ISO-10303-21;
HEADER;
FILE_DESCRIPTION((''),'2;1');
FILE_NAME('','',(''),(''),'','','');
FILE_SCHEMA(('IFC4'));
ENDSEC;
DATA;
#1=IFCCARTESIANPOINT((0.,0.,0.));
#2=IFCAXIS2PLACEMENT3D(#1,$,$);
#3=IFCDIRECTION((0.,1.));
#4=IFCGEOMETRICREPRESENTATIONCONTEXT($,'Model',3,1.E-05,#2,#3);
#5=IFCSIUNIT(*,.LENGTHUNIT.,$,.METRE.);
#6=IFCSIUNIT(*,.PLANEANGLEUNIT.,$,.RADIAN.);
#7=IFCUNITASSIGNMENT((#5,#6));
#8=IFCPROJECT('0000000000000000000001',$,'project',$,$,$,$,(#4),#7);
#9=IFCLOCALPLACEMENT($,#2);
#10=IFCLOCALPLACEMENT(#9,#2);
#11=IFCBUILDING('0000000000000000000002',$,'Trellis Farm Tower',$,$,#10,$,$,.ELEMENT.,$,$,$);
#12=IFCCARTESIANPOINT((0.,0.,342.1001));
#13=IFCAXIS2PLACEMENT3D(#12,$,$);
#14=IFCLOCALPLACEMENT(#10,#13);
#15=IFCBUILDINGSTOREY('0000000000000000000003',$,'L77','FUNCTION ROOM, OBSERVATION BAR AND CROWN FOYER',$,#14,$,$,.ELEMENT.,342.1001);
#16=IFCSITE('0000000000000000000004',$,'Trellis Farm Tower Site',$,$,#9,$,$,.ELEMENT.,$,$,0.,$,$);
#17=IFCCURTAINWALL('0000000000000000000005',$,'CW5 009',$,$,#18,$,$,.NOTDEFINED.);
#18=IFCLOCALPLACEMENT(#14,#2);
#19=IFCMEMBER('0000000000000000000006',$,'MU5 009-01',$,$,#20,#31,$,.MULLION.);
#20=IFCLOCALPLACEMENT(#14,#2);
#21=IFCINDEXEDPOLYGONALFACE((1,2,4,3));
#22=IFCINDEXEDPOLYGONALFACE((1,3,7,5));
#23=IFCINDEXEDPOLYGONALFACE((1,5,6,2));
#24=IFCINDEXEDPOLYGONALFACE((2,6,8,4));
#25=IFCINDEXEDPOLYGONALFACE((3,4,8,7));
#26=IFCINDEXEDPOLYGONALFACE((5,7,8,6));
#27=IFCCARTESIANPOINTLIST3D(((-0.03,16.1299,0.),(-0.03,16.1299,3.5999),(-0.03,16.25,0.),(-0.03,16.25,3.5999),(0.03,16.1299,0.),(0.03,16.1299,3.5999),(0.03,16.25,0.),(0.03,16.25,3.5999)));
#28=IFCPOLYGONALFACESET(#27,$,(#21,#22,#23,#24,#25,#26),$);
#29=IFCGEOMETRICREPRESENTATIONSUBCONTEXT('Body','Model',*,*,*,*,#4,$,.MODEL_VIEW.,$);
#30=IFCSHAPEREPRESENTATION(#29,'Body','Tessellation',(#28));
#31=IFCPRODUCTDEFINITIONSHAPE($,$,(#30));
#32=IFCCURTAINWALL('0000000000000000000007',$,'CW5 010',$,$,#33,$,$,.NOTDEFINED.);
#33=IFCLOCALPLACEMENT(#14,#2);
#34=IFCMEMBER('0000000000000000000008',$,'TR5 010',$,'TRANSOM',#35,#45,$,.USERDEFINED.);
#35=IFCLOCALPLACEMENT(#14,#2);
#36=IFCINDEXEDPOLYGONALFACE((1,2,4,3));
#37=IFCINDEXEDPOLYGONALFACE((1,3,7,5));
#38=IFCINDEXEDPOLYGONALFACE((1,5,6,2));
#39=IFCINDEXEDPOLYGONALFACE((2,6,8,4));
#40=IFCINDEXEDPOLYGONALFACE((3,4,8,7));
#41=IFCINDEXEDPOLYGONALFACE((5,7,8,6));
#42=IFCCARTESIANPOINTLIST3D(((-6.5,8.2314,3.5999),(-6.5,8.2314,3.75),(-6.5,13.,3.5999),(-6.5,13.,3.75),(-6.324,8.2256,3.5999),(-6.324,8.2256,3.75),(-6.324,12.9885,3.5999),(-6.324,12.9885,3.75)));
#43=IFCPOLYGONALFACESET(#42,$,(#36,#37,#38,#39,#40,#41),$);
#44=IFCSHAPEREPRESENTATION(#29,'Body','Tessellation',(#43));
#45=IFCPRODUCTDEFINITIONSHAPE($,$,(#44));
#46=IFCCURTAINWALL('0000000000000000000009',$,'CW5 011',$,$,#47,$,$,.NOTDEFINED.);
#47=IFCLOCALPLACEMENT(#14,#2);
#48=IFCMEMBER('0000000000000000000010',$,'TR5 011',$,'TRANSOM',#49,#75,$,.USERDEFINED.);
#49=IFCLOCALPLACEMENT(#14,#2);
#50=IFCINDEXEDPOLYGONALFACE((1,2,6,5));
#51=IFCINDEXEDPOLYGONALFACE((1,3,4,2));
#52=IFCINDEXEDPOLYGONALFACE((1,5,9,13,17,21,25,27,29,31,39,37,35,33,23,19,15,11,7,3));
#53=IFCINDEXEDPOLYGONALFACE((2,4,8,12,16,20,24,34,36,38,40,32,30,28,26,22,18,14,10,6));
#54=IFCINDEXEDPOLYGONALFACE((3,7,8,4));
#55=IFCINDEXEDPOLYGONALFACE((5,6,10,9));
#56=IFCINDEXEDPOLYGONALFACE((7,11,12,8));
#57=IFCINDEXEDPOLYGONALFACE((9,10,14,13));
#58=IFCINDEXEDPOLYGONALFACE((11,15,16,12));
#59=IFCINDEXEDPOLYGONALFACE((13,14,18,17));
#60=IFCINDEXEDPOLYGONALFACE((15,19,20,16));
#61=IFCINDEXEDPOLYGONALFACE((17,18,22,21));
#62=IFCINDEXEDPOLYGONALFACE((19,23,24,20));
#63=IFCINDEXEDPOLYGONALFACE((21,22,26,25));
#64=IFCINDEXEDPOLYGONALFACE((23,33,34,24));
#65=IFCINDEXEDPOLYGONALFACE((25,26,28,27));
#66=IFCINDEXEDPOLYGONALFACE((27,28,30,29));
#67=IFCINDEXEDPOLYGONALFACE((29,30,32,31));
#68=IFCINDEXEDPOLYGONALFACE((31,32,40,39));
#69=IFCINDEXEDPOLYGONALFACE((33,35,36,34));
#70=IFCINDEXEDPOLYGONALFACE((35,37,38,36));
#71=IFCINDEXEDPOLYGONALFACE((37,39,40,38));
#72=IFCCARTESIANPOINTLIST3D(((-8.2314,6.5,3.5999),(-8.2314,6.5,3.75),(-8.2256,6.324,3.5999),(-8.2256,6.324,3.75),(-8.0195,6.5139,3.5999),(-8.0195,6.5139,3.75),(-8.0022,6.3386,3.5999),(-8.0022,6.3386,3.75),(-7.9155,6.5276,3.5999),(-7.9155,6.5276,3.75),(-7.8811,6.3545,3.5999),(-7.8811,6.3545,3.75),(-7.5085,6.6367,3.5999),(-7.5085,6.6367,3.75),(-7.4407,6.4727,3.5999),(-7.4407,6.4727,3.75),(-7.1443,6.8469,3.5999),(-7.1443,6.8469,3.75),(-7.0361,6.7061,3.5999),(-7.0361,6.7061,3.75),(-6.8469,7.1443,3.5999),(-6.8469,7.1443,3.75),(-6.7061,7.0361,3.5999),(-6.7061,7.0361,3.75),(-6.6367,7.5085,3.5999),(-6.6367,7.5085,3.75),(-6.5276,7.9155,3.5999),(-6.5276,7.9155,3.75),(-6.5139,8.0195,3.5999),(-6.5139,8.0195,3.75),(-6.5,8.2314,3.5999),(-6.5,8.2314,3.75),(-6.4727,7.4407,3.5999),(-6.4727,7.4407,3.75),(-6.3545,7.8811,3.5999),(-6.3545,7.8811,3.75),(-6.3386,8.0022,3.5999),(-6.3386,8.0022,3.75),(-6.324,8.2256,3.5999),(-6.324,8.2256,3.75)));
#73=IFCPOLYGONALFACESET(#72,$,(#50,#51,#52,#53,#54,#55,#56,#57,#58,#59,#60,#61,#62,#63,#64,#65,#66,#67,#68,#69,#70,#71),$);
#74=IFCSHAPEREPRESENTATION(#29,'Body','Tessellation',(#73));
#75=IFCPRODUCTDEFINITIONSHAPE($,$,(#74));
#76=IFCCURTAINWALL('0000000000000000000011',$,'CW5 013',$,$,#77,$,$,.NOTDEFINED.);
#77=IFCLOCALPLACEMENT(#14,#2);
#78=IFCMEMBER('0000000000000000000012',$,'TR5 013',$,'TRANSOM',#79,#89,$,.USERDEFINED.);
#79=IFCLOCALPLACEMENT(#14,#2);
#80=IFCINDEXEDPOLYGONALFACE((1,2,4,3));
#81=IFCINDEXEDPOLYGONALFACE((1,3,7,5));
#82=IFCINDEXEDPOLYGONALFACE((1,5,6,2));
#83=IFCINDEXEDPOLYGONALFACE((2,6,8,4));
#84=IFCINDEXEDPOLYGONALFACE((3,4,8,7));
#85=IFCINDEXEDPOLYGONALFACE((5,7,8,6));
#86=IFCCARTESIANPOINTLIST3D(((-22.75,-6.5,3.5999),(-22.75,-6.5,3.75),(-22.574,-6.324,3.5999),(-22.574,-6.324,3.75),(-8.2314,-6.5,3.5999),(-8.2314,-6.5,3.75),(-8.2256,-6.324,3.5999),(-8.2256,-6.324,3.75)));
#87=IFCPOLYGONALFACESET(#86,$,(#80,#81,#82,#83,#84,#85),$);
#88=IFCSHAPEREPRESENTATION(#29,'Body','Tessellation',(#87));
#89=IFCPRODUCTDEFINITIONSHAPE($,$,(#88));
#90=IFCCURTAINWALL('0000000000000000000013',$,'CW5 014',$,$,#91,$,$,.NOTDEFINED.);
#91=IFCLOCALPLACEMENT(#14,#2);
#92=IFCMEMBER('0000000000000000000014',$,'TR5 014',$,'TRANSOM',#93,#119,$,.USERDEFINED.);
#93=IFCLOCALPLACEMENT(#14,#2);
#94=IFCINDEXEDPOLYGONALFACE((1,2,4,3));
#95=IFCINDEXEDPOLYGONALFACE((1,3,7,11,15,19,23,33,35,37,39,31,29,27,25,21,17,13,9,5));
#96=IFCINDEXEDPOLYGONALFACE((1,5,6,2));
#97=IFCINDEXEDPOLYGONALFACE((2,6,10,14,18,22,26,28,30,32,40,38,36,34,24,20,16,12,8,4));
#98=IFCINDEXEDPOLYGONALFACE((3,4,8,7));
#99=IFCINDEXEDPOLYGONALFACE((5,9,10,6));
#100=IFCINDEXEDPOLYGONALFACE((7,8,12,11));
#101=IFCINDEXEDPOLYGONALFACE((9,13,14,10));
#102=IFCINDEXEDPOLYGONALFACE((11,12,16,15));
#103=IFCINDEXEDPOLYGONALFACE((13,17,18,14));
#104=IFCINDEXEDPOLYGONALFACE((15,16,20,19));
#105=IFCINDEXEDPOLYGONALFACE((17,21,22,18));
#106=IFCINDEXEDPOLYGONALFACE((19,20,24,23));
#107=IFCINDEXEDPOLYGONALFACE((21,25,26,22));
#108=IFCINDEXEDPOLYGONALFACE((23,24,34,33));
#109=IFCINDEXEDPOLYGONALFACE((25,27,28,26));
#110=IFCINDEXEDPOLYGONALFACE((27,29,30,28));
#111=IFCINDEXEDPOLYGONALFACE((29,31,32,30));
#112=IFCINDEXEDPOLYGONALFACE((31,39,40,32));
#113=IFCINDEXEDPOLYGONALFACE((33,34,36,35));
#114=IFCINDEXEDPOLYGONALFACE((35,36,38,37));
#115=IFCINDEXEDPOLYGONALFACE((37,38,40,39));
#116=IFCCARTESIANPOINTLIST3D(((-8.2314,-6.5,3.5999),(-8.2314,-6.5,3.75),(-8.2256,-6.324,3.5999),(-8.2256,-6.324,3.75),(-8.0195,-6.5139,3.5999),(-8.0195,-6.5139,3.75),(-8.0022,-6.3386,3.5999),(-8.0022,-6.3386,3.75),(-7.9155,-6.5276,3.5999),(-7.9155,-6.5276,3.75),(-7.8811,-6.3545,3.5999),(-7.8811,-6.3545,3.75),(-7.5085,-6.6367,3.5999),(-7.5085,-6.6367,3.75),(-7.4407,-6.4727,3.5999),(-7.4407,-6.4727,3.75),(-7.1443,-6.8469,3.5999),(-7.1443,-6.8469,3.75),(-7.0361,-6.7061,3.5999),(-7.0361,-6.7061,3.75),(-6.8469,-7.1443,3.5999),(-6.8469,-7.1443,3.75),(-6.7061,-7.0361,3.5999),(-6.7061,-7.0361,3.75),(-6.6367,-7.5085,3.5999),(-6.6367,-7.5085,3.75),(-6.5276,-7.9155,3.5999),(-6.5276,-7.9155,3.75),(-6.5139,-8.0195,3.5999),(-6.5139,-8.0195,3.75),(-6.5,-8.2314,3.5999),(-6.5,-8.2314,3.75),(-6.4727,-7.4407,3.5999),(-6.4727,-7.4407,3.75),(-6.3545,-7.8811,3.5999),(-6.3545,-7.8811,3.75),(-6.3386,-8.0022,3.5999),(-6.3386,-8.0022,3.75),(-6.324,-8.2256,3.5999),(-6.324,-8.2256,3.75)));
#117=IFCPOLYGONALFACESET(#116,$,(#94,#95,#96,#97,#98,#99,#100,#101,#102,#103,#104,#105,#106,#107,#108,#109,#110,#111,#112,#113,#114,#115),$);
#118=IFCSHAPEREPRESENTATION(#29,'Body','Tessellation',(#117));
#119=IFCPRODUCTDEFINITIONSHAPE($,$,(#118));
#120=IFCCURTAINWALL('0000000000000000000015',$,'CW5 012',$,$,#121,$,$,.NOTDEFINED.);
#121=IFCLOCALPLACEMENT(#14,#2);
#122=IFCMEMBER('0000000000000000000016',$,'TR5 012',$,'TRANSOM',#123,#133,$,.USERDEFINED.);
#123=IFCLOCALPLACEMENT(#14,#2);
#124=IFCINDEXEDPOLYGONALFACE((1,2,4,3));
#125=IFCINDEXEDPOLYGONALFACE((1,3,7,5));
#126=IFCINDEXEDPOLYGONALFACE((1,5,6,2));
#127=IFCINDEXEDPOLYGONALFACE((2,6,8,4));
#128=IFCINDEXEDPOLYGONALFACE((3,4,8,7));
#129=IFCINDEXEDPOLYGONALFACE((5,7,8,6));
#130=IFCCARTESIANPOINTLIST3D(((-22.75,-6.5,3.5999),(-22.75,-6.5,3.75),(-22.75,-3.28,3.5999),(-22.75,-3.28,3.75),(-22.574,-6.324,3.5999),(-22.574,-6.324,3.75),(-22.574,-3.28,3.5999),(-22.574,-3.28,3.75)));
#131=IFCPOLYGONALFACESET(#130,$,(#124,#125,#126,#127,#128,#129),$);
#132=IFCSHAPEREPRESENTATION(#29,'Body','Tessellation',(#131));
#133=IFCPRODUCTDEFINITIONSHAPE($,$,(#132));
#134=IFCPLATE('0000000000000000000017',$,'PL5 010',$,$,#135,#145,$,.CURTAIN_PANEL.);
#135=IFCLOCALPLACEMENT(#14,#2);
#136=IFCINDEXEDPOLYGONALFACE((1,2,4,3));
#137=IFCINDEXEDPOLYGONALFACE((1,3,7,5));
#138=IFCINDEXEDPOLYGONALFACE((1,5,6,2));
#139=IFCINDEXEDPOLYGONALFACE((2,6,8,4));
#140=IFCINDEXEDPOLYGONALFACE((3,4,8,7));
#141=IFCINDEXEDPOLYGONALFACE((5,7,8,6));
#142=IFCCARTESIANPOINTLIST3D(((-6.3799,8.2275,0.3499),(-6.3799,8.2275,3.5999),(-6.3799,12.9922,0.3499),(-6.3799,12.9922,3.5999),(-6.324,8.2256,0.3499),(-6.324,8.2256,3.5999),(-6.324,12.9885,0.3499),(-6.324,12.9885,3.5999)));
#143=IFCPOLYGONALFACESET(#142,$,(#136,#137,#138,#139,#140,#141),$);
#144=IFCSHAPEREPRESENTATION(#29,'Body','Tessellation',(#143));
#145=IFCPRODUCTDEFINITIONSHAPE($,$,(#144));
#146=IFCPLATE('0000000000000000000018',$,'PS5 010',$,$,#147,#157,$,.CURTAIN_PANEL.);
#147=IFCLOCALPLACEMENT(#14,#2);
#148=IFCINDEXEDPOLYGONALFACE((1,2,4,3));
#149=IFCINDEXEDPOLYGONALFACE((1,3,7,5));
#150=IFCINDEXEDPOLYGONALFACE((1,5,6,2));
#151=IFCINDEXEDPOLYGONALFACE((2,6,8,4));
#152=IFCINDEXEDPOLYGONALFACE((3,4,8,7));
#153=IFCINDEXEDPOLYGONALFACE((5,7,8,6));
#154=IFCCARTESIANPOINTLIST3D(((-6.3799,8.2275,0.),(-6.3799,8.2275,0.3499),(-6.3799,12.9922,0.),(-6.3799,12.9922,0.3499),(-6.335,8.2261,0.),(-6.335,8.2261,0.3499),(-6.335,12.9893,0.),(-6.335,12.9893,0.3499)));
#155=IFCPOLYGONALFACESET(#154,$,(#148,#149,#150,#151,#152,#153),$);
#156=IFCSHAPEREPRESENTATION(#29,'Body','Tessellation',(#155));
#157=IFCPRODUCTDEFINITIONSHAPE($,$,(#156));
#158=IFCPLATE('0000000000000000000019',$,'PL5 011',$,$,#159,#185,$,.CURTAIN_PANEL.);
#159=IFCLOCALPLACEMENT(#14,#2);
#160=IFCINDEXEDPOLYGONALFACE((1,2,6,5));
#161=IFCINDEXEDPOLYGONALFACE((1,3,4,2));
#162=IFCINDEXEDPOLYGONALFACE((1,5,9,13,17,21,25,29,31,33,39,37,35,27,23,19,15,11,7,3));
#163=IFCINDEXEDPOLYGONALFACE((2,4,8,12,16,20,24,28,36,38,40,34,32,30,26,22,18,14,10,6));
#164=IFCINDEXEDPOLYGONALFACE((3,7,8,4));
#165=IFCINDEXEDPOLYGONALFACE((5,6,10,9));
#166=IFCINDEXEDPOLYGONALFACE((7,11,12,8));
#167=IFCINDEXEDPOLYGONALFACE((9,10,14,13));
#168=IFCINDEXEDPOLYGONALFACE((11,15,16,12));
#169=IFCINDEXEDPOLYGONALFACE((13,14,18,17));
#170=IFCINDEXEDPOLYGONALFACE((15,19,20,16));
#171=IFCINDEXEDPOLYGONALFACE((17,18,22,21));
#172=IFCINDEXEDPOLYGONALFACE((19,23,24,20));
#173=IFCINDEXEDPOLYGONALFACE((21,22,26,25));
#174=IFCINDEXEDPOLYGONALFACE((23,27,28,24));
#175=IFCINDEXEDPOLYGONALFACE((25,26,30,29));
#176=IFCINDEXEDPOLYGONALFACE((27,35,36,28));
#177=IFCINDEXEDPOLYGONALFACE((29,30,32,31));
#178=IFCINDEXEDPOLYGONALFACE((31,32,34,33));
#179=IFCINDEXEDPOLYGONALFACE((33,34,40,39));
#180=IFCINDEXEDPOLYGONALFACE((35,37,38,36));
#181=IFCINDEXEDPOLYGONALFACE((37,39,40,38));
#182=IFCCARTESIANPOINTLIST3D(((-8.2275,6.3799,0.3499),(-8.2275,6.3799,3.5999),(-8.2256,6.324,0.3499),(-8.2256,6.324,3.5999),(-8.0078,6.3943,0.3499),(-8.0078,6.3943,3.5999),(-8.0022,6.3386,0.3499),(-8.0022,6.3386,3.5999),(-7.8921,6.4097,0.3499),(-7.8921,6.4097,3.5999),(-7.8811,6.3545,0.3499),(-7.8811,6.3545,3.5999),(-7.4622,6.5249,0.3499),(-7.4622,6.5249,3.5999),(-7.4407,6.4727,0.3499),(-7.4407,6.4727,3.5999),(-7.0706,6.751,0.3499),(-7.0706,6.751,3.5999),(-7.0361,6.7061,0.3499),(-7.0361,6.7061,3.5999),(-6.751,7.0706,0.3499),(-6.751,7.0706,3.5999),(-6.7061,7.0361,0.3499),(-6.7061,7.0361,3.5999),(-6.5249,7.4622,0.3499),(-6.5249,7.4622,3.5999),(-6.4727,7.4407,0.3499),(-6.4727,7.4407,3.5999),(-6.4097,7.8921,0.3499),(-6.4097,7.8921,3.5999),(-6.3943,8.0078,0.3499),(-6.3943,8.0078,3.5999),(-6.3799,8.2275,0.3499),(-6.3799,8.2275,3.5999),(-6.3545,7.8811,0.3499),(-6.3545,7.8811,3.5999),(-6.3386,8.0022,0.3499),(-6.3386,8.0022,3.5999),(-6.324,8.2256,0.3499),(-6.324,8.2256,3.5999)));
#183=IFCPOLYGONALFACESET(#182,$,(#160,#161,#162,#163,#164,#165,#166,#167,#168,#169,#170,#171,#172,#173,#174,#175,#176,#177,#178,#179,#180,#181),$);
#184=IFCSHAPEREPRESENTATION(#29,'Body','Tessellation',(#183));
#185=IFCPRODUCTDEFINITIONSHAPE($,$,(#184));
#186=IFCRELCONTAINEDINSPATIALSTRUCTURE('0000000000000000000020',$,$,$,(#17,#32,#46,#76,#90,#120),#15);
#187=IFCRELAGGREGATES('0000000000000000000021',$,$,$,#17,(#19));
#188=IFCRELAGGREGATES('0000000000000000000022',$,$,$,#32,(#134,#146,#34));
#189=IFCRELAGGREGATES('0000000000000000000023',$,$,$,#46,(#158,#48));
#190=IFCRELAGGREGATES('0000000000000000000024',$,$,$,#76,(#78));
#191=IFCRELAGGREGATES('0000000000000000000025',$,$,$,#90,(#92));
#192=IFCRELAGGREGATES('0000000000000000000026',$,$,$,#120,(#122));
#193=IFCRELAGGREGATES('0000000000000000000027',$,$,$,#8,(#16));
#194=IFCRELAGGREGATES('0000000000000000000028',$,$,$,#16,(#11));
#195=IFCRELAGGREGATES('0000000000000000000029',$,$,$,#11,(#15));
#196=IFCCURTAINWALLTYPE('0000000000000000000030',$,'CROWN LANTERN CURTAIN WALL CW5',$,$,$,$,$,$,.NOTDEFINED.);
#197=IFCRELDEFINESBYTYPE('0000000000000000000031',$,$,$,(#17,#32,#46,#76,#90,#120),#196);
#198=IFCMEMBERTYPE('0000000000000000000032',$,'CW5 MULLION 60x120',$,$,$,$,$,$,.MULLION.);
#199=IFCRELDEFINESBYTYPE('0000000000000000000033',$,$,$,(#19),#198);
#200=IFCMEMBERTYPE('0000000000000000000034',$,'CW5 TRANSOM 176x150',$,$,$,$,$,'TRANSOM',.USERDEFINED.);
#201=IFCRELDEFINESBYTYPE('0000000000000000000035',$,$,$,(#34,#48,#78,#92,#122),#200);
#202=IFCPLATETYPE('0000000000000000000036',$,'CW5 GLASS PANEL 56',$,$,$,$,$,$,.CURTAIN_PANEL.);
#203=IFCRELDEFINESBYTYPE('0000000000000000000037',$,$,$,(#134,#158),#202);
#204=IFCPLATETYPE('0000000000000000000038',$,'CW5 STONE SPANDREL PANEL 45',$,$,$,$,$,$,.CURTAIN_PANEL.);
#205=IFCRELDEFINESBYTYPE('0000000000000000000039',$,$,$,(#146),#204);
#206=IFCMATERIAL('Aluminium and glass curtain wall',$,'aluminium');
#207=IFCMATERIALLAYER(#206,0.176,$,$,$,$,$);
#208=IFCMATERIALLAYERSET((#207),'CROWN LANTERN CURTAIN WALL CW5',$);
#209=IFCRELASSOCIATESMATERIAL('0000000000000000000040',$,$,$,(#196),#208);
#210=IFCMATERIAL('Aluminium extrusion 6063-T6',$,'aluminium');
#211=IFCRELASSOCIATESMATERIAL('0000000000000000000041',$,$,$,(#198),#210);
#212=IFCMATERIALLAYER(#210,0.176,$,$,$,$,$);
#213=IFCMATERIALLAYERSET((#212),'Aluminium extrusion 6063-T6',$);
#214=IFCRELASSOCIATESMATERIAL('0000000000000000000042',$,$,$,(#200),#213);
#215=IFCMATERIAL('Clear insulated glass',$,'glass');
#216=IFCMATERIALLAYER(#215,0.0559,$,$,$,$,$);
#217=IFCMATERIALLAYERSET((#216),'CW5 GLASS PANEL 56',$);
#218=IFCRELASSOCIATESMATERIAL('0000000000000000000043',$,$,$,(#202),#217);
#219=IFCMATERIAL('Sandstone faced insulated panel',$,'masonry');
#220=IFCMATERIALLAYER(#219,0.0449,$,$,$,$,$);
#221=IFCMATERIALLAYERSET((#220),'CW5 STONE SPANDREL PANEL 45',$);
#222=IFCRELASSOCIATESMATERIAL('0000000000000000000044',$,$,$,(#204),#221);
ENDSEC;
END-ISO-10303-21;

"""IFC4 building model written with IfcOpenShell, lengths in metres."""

from ifc_helpers import new_model, si_unit, direction, frame, origin, origin_2d, place, context, subcontext, project, spatial, polyline, rectangle, outline, extrude, source, transform, mapped, material, layer, layer_set, material_profile, profile_set, type_object, element, aggregate, save


model = new_model("IFC4")

# Units and contexts
model_context = context("Model", 3, precision=1e-05, world=origin(), true_north=direction((0.0, 1.0)))
body_context = subcontext(model_context, "Body", "Model", "MODEL_VIEW")
ifc_project = project(units=[si_unit("LENGTHUNIT", "METRE"), si_unit("PLANEANGLEUNIT", "RADIAN")], contexts=[model_context])

# Site, building, storey
site_placement = place(None, origin())
site = spatial("IfcSite", under=ifc_project, at=site_placement, Name="Trellis Farm Tower Site", CompositionType="ELEMENT", RefElevation=0.0)
building_placement = place(site_placement, origin())
building = spatial("IfcBuilding", under=site, at=building_placement, Name="Trellis Farm Tower", CompositionType="ELEMENT")
storey_placement = place(building_placement, frame((0.0, 0.0, 342.1001)))
storey = spatial("IfcBuildingStorey", under=building, at=storey_placement, Name="L77", Description="FUNCTION ROOM, OBSERVATION BAR AND CROWN FOYER", CompositionType="ELEMENT", Elevation=342.1001)

# Curtain walls, members
ifc_material_1 = material(Name="Aluminium and glass curtain wall", Category="aluminium")
ifc_layer_1 = layer(ifc_material_1, 0.176)
ifc_layer_set_1 = layer_set([ifc_layer_1], Name="CROWN LANTERN CURTAIN WALL CW5")
curtain_wall_type = type_object("IfcCurtainWallType", Name="CROWN LANTERN CURTAIN WALL CW5", PredefinedType="NOTDEFINED", material=ifc_layer_set_1)
placement_1 = place(storey_placement, origin())
curtain_wall_1 = element("IfcCurtainWall", 1, at=placement_1, inside=storey, type_object=curtain_wall_type, Name="CW5 009", PredefinedType="NOTDEFINED")
ifc_material_2 = material(Name="Aluminium extrusion 6063-T6", Category="aluminium")
ifc_material_profile = material_profile(ifc_material_2, rectangle(XDim=0.0601, YDim=0.1201, at=origin_2d()), Name="MULLION 60x120")
ifc_profile_set = profile_set([ifc_material_profile], Name="Aluminium extrusion 6063-T6")
member_type_1 = type_object("IfcMemberType", Name="CW5 MULLION 60x120", PredefinedType="MULLION", material=ifc_profile_set)
shared_shape_1 = source(origin(), body_context, "Body", "SweptSolid", [
    extrude(rectangle(XDim=0.0601, YDim=0.1201, at=origin_2d()), origin(), (0.0, 0.0, 1.0), 3.5999),
])
member_1_placement = place(storey_placement, frame((0.0, 16.1899, 0.0), z_axis=(0.0, 0.0, 1.0), x_axis=(-1.0, 0.0, 0.0)))
member_1 = element("IfcMember", 2, at=member_1_placement, type_object=member_type_1, Name="MU5 009-01", PredefinedType="MULLION", context=body_context, shape_type="MappedRepresentation", body=[
    mapped(shared_shape_1, transform((0.0, 0.0, 0.0))),
])
aggregate(curtain_wall_1, [member_1])
curtain_wall_2 = element("IfcCurtainWall", 3, at=placement_1, inside=storey, type_object=curtain_wall_type, Name="CW5 010", PredefinedType="NOTDEFINED")
ifc_layer_2 = layer(ifc_material_2, 0.176)
ifc_layer_set_2 = layer_set([ifc_layer_2], Name="Aluminium extrusion 6063-T6")
member_type_2 = type_object("IfcMemberType", Name="CW5 TRANSOM 176x150", ElementType="TRANSOM", PredefinedType="USERDEFINED", material=ifc_layer_set_2)
shared_shape_2 = source(origin(), body_context, "Body", "SweptSolid", [
    extrude(outline(polyline([(-6.5, 13.0), (-6.5, 8.2314), (-6.324, 8.2256), (-6.324, 12.9885), (-6.5, 13.0)])), origin(), (0.0, 0.0, 1.0), 0.1501),
])
placement_2 = place(storey_placement, frame((0.0, 0.0, 3.5999)))
member_2 = element("IfcMember", 4, at=placement_2, type_object=member_type_2, Name="TR5 010", ObjectType="TRANSOM", PredefinedType="USERDEFINED", context=body_context, shape_type="MappedRepresentation", body=[
    mapped(shared_shape_2, transform((0.0, 0.0, 0.0))),
])
curtain_wall_3 = element("IfcCurtainWall", 5, at=placement_1, inside=storey, type_object=curtain_wall_type, Name="CW5 011", PredefinedType="NOTDEFINED")
shared_shape_3 = source(origin(), body_context, "Body", "SweptSolid", [
    extrude(outline(polyline([(-6.5, 8.2314), (-6.5139, 8.0195), (-6.5276, 7.9155), (-6.6367, 7.5085), (-6.8469, 7.1443), (-7.1443, 6.8469), (-7.5085, 6.6367), (-7.9155, 6.5276), (-8.0195, 6.5139), (-8.2314, 6.5), (-8.2256, 6.324), (-8.0022, 6.3386), (-7.8811, 6.3545), (-7.4407, 6.4727), (-7.0361, 6.7061), (-6.7061, 7.0361), (-6.4727, 7.4407), (-6.3545, 7.8811), (-6.3386, 8.0022), (-6.324, 8.2256), (-6.5, 8.2314)])), origin(), (0.0, 0.0, 1.0), 0.1501),
])
member_3 = element("IfcMember", 6, at=placement_2, type_object=member_type_2, Name="TR5 011", ObjectType="TRANSOM", PredefinedType="USERDEFINED", context=body_context, shape_type="MappedRepresentation", body=[
    mapped(shared_shape_3, transform((0.0, 0.0, 0.0))),
])
curtain_wall_4 = element("IfcCurtainWall", 7, at=placement_1, inside=storey, type_object=curtain_wall_type, Name="CW5 013", PredefinedType="NOTDEFINED")
shared_shape_4 = source(origin(), body_context, "Body", "SweptSolid", [
    extrude(outline(polyline([(-22.75, -6.5), (-8.2314, -6.5), (-8.2256, -6.324), (-22.574, -6.324), (-22.75, -6.5)])), origin(), (0.0, 0.0, 1.0), 0.1501),
])
member_4 = element("IfcMember", 8, at=placement_2, type_object=member_type_2, Name="TR5 013", ObjectType="TRANSOM", PredefinedType="USERDEFINED", context=body_context, shape_type="MappedRepresentation", body=[
    mapped(shared_shape_4, transform((0.0, 0.0, 0.0))),
])
curtain_wall_5 = element("IfcCurtainWall", 9, at=placement_1, inside=storey, type_object=curtain_wall_type, Name="CW5 014", PredefinedType="NOTDEFINED")
shared_shape_5 = source(origin(), body_context, "Body", "SweptSolid", [
    extrude(outline(polyline([(-8.2314, -6.5), (-8.0195, -6.5139), (-7.9155, -6.5276), (-7.5085, -6.6367), (-7.1443, -6.8469), (-6.8469, -7.1443), (-6.6367, -7.5085), (-6.5276, -7.9155), (-6.5139, -8.0195), (-6.5, -8.2314), (-6.324, -8.2256), (-6.3386, -8.0022), (-6.3545, -7.8811), (-6.4727, -7.4407), (-6.7061, -7.0361), (-7.0361, -6.7061), (-7.4407, -6.4727), (-7.8811, -6.3545), (-8.0022, -6.3386), (-8.2256, -6.324), (-8.2314, -6.5)])), origin(), (0.0, 0.0, 1.0), 0.1501),
])
member_5 = element("IfcMember", 10, at=placement_2, type_object=member_type_2, Name="TR5 014", ObjectType="TRANSOM", PredefinedType="USERDEFINED", context=body_context, shape_type="MappedRepresentation", body=[
    mapped(shared_shape_5, transform((0.0, 0.0, 0.0))),
])
curtain_wall_6 = element("IfcCurtainWall", 11, at=placement_1, inside=storey, type_object=curtain_wall_type, Name="CW5 012", PredefinedType="NOTDEFINED")
shared_shape_6 = source(origin(), body_context, "Body", "SweptSolid", [
    extrude(outline(polyline([(-22.75, -3.28), (-22.75, -6.5), (-22.574, -6.324), (-22.574, -3.28), (-22.75, -3.28)])), origin(), (0.0, 0.0, 1.0), 0.1501),
])
member_6 = element("IfcMember", 12, at=placement_2, type_object=member_type_2, Name="TR5 012", ObjectType="TRANSOM", PredefinedType="USERDEFINED", context=body_context, shape_type="MappedRepresentation", body=[
    mapped(shared_shape_6, transform((0.0, 0.0, 0.0))),
])

# Plates
ifc_material_3 = material(Name="Clear insulated glass", Category="glass")
ifc_layer_3 = layer(ifc_material_3, 0.0559)
ifc_layer_set_3 = layer_set([ifc_layer_3], Name="CW5 GLASS PANEL 56")
plate_type_1 = type_object("IfcPlateType", Name="CW5 GLASS PANEL 56", PredefinedType="CURTAIN_PANEL", material=ifc_layer_set_3)
shared_shape_7 = source(origin(), body_context, "Body", "SweptSolid", [
    extrude(outline(polyline([(-6.3799, 12.9922), (-6.3799, 8.2275), (-6.324, 8.2256), (-6.324, 12.9885), (-6.3799, 12.9922)])), origin(), (0.0, 0.0, 1.0), 3.25),
])
placement_3 = place(storey_placement, frame((0.0, 0.0, 0.3499)))
plate_1 = element("IfcPlate", 13, at=placement_3, type_object=plate_type_1, Name="PL5 010", PredefinedType="CURTAIN_PANEL", context=body_context, shape_type="MappedRepresentation", body=[
    mapped(shared_shape_7, transform((0.0, 0.0, 0.0))),
])
ifc_material_4 = material(Name="Sandstone faced insulated panel", Category="masonry")
ifc_layer_4 = layer(ifc_material_4, 0.0449)
ifc_layer_set_4 = layer_set([ifc_layer_4], Name="CW5 STONE SPANDREL PANEL 45")
plate_type_2 = type_object("IfcPlateType", Name="CW5 STONE SPANDREL PANEL 45", PredefinedType="CURTAIN_PANEL", material=ifc_layer_set_4)
shared_shape_8 = source(origin(), body_context, "Body", "SweptSolid", [
    extrude(outline(polyline([(-6.3799, 12.9922), (-6.3799, 8.2275), (-6.335, 8.2261), (-6.335, 12.9893), (-6.3799, 12.9922)])), origin(), (0.0, 0.0, 1.0), 0.3499),
])
plate_2 = element("IfcPlate", 14, at=placement_1, type_object=plate_type_2, Name="PS5 010", PredefinedType="CURTAIN_PANEL", context=body_context, shape_type="MappedRepresentation", body=[
    mapped(shared_shape_8, transform((0.0, 0.0, 0.0))),
])
aggregate(curtain_wall_2, [plate_1, plate_2, member_2])
shared_shape_9 = source(origin(), body_context, "Body", "SweptSolid", [
    extrude(outline(polyline([(-6.3799, 8.2275), (-6.3943, 8.0078), (-6.4097, 7.8921), (-6.5249, 7.4622), (-6.751, 7.0706), (-7.0706, 6.751), (-7.4622, 6.5249), (-7.8921, 6.4097), (-8.0078, 6.3943), (-8.2275, 6.3799), (-8.2256, 6.324), (-8.0022, 6.3386), (-7.8811, 6.3545), (-7.4407, 6.4727), (-7.0361, 6.7061), (-6.7061, 7.0361), (-6.4727, 7.4407), (-6.3545, 7.8811), (-6.3386, 8.0022), (-6.324, 8.2256), (-6.3799, 8.2275)])), origin(), (0.0, 0.0, 1.0), 3.25),
])
plate_3 = element("IfcPlate", 15, at=placement_3, type_object=plate_type_1, Name="PL5 011", PredefinedType="CURTAIN_PANEL", context=body_context, shape_type="MappedRepresentation", body=[
    mapped(shared_shape_9, transform((0.0, 0.0, 0.0))),
])
aggregate(curtain_wall_3, [plate_3, member_3])
aggregate(curtain_wall_4, [member_4])
aggregate(curtain_wall_5, [member_5])
aggregate(curtain_wall_6, [member_6])

save(model, "model.ifc")
